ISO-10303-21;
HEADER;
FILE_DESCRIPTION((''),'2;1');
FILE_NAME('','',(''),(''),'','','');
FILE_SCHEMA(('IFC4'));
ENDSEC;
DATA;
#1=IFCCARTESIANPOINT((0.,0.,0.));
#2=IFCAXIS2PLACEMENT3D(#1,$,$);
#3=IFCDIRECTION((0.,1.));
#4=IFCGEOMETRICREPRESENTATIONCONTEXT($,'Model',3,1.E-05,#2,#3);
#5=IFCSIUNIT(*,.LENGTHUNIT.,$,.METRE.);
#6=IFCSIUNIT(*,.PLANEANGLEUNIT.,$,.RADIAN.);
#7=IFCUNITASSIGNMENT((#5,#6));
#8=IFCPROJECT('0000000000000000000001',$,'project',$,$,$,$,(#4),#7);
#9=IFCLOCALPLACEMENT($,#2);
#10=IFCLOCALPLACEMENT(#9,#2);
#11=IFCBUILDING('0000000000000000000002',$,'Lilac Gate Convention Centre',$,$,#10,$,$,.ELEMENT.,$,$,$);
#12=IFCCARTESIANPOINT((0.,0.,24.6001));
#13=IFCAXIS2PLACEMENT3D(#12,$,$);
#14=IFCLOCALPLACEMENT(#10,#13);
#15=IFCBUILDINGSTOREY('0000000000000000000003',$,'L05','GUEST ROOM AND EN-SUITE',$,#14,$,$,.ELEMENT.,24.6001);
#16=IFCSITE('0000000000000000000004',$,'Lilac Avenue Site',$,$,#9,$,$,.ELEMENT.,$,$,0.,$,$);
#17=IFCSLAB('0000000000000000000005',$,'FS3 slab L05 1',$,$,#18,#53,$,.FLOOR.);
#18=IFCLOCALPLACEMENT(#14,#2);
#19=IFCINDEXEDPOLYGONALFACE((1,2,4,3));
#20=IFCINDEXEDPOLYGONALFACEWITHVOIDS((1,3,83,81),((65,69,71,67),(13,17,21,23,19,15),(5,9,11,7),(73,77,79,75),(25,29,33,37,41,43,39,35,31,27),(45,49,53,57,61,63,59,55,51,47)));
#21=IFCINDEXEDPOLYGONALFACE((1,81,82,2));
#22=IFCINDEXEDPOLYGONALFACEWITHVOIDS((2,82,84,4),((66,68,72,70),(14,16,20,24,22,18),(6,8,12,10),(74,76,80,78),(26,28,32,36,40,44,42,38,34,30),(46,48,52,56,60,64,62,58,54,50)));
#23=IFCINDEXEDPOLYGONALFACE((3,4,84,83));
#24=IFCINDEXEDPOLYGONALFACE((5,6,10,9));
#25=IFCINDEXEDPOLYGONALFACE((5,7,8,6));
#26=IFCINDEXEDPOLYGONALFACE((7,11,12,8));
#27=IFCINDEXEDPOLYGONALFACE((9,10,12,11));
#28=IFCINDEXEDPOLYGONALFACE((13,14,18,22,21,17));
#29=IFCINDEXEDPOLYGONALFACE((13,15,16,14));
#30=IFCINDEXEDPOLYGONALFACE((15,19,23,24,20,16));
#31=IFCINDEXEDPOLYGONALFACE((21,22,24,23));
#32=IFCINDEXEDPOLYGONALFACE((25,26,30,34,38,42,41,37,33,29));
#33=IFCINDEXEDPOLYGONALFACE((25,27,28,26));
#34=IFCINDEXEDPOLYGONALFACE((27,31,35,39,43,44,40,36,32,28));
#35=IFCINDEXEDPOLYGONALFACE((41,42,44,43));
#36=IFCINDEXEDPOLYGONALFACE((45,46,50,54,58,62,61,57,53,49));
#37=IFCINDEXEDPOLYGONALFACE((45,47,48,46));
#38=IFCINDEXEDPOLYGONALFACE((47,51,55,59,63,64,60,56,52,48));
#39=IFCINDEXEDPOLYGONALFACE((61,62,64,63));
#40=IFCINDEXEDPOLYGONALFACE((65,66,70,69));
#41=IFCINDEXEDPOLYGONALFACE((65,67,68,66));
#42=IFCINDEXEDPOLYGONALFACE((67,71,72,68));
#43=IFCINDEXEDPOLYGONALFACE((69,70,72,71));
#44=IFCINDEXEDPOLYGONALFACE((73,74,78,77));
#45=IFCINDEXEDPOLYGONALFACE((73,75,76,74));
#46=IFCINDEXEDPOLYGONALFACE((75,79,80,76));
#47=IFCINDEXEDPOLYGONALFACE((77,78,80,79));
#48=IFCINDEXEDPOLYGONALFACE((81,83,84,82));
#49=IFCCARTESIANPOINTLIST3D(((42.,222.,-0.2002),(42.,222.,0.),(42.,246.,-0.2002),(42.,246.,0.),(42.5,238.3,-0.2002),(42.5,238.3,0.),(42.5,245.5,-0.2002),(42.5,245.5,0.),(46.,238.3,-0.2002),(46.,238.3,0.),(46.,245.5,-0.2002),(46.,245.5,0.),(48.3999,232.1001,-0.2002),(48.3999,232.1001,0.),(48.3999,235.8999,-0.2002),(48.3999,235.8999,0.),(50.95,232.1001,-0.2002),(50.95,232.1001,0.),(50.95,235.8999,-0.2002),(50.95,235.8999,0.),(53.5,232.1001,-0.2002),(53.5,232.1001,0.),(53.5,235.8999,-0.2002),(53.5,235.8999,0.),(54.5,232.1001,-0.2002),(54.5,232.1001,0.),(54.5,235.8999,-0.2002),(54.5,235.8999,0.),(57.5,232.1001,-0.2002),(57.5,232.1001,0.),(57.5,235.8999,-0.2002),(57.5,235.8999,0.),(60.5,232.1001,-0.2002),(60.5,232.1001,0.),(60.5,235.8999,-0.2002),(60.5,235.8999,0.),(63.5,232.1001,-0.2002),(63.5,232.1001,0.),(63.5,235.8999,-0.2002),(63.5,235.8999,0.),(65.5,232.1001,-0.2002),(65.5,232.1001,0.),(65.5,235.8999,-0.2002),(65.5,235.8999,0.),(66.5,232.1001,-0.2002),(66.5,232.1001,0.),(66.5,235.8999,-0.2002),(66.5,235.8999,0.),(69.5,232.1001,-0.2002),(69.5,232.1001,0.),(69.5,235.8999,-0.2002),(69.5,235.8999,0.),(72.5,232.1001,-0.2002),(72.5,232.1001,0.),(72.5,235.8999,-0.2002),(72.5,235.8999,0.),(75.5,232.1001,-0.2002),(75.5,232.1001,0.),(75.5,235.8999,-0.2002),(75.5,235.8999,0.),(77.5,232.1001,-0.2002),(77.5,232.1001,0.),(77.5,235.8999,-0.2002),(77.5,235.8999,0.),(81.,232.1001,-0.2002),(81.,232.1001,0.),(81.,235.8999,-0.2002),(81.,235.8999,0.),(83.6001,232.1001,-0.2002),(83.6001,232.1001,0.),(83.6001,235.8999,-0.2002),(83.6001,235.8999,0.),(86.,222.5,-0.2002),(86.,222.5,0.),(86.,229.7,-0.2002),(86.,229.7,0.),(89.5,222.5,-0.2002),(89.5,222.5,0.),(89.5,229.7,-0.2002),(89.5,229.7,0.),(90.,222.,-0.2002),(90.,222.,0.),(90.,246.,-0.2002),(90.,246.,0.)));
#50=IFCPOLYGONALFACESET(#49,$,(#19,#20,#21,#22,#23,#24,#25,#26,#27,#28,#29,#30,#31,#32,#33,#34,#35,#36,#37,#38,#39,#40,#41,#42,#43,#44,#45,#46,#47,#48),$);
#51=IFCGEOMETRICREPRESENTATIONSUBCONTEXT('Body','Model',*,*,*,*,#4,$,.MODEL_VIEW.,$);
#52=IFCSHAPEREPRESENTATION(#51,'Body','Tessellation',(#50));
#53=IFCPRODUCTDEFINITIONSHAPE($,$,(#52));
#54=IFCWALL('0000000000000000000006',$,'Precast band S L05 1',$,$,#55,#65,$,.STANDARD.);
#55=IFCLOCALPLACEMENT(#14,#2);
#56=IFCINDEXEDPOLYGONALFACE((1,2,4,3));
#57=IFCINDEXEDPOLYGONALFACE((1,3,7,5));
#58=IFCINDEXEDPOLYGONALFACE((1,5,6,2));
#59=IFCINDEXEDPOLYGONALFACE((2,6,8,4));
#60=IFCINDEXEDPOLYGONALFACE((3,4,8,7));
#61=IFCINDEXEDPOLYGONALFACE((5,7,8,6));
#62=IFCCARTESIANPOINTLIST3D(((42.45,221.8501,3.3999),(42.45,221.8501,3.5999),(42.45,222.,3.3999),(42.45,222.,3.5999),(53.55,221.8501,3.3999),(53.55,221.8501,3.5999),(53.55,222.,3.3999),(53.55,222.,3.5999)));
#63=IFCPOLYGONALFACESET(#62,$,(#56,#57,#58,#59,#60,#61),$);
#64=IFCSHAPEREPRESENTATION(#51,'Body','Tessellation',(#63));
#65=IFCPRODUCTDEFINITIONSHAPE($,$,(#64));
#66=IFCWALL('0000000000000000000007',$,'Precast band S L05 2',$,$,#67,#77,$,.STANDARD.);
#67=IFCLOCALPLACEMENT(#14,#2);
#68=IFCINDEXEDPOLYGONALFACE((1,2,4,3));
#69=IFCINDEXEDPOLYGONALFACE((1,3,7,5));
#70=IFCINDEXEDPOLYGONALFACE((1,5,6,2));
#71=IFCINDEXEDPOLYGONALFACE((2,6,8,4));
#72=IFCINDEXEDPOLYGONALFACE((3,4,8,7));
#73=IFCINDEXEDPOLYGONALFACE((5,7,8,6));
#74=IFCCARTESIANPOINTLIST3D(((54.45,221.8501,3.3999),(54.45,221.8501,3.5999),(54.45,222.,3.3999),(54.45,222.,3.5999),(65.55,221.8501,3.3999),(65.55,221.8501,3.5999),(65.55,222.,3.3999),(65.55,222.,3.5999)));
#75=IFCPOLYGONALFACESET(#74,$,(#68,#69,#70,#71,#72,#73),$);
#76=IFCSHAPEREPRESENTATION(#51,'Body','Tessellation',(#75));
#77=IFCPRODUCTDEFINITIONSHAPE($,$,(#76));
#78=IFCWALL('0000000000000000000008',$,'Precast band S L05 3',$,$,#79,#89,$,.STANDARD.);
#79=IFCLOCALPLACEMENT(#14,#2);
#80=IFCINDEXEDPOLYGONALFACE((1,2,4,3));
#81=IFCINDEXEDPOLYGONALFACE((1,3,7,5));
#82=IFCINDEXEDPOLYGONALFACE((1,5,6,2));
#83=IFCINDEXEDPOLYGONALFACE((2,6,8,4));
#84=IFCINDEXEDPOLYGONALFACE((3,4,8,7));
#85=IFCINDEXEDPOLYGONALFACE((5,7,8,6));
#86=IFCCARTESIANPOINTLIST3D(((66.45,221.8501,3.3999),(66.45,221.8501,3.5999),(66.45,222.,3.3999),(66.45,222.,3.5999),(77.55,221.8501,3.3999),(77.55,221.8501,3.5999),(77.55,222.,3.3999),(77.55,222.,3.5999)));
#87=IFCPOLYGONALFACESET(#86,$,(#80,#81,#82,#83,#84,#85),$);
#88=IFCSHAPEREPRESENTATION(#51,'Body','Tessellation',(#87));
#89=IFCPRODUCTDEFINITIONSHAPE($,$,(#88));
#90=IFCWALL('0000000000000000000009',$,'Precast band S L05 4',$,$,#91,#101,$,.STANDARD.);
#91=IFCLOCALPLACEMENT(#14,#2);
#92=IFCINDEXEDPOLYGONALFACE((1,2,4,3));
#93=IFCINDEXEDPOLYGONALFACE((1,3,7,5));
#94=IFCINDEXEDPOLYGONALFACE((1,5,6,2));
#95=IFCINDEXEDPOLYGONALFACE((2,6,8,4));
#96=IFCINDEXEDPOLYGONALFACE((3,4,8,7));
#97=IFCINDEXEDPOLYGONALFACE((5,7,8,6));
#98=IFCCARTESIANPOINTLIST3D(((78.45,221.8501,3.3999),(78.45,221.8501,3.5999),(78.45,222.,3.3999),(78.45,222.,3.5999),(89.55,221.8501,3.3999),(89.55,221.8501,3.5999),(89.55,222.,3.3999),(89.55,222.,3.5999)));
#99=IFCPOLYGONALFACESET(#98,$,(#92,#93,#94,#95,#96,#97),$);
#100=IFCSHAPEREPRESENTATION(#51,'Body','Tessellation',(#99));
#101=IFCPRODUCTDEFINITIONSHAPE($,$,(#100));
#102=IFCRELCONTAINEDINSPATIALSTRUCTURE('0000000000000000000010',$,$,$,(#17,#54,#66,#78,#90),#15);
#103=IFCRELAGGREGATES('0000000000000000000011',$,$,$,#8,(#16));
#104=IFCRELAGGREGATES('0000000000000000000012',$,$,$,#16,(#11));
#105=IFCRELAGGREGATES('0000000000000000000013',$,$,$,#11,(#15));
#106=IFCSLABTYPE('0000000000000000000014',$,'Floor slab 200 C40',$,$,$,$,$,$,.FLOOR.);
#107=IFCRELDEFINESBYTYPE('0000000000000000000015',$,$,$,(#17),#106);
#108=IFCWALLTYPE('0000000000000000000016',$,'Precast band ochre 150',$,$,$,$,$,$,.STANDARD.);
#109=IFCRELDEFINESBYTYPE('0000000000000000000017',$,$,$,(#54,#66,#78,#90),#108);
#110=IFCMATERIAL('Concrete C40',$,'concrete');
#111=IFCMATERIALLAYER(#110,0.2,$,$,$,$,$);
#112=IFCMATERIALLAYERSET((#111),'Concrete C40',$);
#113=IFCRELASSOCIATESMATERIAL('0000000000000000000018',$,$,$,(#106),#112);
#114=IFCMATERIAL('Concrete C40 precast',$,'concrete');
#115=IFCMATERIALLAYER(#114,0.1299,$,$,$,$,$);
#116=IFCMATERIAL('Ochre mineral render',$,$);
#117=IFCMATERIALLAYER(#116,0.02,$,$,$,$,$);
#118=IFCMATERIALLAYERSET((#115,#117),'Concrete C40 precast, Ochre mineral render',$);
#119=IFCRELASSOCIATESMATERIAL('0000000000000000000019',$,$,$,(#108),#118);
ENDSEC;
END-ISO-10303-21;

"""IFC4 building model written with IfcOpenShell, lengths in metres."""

from ifc_helpers import new_model, si_unit, direction, frame, frame_2d, origin, place, context, subcontext, project, spatial, polyline, rectangle, outline, extrude, material, layer, layer_set, type_object, element, save


model = new_model("IFC4")

# Units and contexts
model_context = context("Model", 3, precision=1e-05, world=origin(), true_north=direction((0.0, 1.0)))
body_context = subcontext(model_context, "Body", "Model", "MODEL_VIEW")
ifc_project = project(units=[si_unit("LENGTHUNIT", "METRE"), si_unit("PLANEANGLEUNIT", "RADIAN")], contexts=[model_context])

# Site, building, storey
site_placement = place(None, origin())
site = spatial("IfcSite", under=ifc_project, at=site_placement, Name="Lilac Avenue Site", CompositionType="ELEMENT", RefElevation=0.0)
building_placement = place(site_placement, origin())
building = spatial("IfcBuilding", under=site, at=building_placement, Name="Lilac Gate Convention Centre", CompositionType="ELEMENT")
storey_placement = place(building_placement, frame((0.0, 0.0, 24.6001)))
storey = spatial("IfcBuildingStorey", under=building, at=storey_placement, Name="L05", Description="GUEST ROOM AND EN-SUITE", CompositionType="ELEMENT", Elevation=24.6001)

# Shared definitions
ifc_material_1 = material(Name="Concrete C40", Category="concrete")

# Slab
ifc_layer_1 = layer(ifc_material_1, 0.2)
ifc_layer_set_1 = layer_set([ifc_layer_1], Name="Concrete C40")
slab_type_1 = type_object("IfcSlabType", Name="Floor slab 200 C40", PredefinedType="FLOOR", material=ifc_layer_set_1)
slab_1_placement = place(storey_placement, frame((0.0, 0.0, -0.2002)))
element("IfcSlab", 1, at=slab_1_placement, inside=storey, type_object=slab_type_1, Name="FS3 slab L05 1", PredefinedType="FLOOR", context=body_context, shape_type="SweptSolid", body=[
    extrude(outline(polyline([(42.0, 222.0), (42.0, 246.0), (90.0, 246.0), (90.0, 222.0), (42.0, 222.0)]), holes=[polyline([(48.3999, 235.8999), (48.3999, 232.1001), (50.95, 232.1001), (53.5, 232.1001), (53.5, 235.8999), (50.95, 235.8999), (48.3999, 235.8999)]), polyline([(57.5, 235.8999), (54.5, 235.8999), (54.5, 232.1001), (57.5, 232.1001), (60.5, 232.1001), (63.5, 232.1001), (65.5, 232.1001), (65.5, 235.8999), (63.5, 235.8999), (60.5, 235.8999), (57.5, 235.8999)]), polyline([(42.5, 245.5), (42.5, 238.3), (46.0, 238.3), (46.0, 245.5), (42.5, 245.5)]), polyline([(89.5, 229.7), (86.0, 229.7), (86.0, 222.5), (89.5, 222.5), (89.5, 229.7)]), polyline([(69.5, 235.8999), (66.5, 235.8999), (66.5, 232.1001), (69.5, 232.1001), (72.5, 232.1001), (75.5, 232.1001), (77.5, 232.1001), (77.5, 235.8999), (75.5, 235.8999), (72.5, 235.8999), (69.5, 235.8999)]), polyline([(83.6001, 235.8999), (81.0, 235.8999), (81.0, 232.1001), (83.6001, 232.1001), (83.6001, 235.8999)])]), origin(), (0.0, 0.0, 1.0), 0.2002),
])

# Walls
ifc_material_2 = material(Name="Concrete C40 precast", Category="concrete")
ifc_layer_2 = layer(ifc_material_2, 0.1299)
ifc_material_3 = material(Name="Ochre mineral render")
ifc_layer_3 = layer(ifc_material_3, 0.02)
ifc_layer_set_2 = layer_set([ifc_layer_2, ifc_layer_3], Name="Concrete C40 precast, Ochre mineral render")
wall_type = type_object("IfcWallType", Name="Precast band ochre 150", PredefinedType="STANDARD", material=ifc_layer_set_2)
for number, where, z_axis, x_axis, name in (
    (2, (42.45, 221.925, 3.3999), (0.0, 0.0, 1.0), (1.0, 0.0, 0.0), "Precast band S L05 1"),
    (3, (54.45, 221.925, 3.3999), (0.0, 0.0, 1.0), (1.0, 0.0, 0.0), "Precast band S L05 2"),
    (4, (66.45, 221.925, 3.3999), (0.0, 0.0, 1.0), (1.0, 0.0, 0.0), "Precast band S L05 3"),
    (5, (78.45, 221.925, 3.3999), (0.0, 0.0, 1.0), (1.0, 0.0, 0.0), "Precast band S L05 4"),
):
    element("IfcWall", number, at=place(storey_placement, frame(where, z_axis=z_axis, x_axis=x_axis)), inside=storey, type_object=wall_type, Name=name, PredefinedType="STANDARD", context=body_context, shape_type="SweptSolid", body=[
        extrude(rectangle(XDim=11.1001, YDim=0.1499, at=frame_2d((5.55, 0.0))), origin(), (0.0, 0.0, 1.0), 0.2),
    ])

save(model, "model.ifc")
